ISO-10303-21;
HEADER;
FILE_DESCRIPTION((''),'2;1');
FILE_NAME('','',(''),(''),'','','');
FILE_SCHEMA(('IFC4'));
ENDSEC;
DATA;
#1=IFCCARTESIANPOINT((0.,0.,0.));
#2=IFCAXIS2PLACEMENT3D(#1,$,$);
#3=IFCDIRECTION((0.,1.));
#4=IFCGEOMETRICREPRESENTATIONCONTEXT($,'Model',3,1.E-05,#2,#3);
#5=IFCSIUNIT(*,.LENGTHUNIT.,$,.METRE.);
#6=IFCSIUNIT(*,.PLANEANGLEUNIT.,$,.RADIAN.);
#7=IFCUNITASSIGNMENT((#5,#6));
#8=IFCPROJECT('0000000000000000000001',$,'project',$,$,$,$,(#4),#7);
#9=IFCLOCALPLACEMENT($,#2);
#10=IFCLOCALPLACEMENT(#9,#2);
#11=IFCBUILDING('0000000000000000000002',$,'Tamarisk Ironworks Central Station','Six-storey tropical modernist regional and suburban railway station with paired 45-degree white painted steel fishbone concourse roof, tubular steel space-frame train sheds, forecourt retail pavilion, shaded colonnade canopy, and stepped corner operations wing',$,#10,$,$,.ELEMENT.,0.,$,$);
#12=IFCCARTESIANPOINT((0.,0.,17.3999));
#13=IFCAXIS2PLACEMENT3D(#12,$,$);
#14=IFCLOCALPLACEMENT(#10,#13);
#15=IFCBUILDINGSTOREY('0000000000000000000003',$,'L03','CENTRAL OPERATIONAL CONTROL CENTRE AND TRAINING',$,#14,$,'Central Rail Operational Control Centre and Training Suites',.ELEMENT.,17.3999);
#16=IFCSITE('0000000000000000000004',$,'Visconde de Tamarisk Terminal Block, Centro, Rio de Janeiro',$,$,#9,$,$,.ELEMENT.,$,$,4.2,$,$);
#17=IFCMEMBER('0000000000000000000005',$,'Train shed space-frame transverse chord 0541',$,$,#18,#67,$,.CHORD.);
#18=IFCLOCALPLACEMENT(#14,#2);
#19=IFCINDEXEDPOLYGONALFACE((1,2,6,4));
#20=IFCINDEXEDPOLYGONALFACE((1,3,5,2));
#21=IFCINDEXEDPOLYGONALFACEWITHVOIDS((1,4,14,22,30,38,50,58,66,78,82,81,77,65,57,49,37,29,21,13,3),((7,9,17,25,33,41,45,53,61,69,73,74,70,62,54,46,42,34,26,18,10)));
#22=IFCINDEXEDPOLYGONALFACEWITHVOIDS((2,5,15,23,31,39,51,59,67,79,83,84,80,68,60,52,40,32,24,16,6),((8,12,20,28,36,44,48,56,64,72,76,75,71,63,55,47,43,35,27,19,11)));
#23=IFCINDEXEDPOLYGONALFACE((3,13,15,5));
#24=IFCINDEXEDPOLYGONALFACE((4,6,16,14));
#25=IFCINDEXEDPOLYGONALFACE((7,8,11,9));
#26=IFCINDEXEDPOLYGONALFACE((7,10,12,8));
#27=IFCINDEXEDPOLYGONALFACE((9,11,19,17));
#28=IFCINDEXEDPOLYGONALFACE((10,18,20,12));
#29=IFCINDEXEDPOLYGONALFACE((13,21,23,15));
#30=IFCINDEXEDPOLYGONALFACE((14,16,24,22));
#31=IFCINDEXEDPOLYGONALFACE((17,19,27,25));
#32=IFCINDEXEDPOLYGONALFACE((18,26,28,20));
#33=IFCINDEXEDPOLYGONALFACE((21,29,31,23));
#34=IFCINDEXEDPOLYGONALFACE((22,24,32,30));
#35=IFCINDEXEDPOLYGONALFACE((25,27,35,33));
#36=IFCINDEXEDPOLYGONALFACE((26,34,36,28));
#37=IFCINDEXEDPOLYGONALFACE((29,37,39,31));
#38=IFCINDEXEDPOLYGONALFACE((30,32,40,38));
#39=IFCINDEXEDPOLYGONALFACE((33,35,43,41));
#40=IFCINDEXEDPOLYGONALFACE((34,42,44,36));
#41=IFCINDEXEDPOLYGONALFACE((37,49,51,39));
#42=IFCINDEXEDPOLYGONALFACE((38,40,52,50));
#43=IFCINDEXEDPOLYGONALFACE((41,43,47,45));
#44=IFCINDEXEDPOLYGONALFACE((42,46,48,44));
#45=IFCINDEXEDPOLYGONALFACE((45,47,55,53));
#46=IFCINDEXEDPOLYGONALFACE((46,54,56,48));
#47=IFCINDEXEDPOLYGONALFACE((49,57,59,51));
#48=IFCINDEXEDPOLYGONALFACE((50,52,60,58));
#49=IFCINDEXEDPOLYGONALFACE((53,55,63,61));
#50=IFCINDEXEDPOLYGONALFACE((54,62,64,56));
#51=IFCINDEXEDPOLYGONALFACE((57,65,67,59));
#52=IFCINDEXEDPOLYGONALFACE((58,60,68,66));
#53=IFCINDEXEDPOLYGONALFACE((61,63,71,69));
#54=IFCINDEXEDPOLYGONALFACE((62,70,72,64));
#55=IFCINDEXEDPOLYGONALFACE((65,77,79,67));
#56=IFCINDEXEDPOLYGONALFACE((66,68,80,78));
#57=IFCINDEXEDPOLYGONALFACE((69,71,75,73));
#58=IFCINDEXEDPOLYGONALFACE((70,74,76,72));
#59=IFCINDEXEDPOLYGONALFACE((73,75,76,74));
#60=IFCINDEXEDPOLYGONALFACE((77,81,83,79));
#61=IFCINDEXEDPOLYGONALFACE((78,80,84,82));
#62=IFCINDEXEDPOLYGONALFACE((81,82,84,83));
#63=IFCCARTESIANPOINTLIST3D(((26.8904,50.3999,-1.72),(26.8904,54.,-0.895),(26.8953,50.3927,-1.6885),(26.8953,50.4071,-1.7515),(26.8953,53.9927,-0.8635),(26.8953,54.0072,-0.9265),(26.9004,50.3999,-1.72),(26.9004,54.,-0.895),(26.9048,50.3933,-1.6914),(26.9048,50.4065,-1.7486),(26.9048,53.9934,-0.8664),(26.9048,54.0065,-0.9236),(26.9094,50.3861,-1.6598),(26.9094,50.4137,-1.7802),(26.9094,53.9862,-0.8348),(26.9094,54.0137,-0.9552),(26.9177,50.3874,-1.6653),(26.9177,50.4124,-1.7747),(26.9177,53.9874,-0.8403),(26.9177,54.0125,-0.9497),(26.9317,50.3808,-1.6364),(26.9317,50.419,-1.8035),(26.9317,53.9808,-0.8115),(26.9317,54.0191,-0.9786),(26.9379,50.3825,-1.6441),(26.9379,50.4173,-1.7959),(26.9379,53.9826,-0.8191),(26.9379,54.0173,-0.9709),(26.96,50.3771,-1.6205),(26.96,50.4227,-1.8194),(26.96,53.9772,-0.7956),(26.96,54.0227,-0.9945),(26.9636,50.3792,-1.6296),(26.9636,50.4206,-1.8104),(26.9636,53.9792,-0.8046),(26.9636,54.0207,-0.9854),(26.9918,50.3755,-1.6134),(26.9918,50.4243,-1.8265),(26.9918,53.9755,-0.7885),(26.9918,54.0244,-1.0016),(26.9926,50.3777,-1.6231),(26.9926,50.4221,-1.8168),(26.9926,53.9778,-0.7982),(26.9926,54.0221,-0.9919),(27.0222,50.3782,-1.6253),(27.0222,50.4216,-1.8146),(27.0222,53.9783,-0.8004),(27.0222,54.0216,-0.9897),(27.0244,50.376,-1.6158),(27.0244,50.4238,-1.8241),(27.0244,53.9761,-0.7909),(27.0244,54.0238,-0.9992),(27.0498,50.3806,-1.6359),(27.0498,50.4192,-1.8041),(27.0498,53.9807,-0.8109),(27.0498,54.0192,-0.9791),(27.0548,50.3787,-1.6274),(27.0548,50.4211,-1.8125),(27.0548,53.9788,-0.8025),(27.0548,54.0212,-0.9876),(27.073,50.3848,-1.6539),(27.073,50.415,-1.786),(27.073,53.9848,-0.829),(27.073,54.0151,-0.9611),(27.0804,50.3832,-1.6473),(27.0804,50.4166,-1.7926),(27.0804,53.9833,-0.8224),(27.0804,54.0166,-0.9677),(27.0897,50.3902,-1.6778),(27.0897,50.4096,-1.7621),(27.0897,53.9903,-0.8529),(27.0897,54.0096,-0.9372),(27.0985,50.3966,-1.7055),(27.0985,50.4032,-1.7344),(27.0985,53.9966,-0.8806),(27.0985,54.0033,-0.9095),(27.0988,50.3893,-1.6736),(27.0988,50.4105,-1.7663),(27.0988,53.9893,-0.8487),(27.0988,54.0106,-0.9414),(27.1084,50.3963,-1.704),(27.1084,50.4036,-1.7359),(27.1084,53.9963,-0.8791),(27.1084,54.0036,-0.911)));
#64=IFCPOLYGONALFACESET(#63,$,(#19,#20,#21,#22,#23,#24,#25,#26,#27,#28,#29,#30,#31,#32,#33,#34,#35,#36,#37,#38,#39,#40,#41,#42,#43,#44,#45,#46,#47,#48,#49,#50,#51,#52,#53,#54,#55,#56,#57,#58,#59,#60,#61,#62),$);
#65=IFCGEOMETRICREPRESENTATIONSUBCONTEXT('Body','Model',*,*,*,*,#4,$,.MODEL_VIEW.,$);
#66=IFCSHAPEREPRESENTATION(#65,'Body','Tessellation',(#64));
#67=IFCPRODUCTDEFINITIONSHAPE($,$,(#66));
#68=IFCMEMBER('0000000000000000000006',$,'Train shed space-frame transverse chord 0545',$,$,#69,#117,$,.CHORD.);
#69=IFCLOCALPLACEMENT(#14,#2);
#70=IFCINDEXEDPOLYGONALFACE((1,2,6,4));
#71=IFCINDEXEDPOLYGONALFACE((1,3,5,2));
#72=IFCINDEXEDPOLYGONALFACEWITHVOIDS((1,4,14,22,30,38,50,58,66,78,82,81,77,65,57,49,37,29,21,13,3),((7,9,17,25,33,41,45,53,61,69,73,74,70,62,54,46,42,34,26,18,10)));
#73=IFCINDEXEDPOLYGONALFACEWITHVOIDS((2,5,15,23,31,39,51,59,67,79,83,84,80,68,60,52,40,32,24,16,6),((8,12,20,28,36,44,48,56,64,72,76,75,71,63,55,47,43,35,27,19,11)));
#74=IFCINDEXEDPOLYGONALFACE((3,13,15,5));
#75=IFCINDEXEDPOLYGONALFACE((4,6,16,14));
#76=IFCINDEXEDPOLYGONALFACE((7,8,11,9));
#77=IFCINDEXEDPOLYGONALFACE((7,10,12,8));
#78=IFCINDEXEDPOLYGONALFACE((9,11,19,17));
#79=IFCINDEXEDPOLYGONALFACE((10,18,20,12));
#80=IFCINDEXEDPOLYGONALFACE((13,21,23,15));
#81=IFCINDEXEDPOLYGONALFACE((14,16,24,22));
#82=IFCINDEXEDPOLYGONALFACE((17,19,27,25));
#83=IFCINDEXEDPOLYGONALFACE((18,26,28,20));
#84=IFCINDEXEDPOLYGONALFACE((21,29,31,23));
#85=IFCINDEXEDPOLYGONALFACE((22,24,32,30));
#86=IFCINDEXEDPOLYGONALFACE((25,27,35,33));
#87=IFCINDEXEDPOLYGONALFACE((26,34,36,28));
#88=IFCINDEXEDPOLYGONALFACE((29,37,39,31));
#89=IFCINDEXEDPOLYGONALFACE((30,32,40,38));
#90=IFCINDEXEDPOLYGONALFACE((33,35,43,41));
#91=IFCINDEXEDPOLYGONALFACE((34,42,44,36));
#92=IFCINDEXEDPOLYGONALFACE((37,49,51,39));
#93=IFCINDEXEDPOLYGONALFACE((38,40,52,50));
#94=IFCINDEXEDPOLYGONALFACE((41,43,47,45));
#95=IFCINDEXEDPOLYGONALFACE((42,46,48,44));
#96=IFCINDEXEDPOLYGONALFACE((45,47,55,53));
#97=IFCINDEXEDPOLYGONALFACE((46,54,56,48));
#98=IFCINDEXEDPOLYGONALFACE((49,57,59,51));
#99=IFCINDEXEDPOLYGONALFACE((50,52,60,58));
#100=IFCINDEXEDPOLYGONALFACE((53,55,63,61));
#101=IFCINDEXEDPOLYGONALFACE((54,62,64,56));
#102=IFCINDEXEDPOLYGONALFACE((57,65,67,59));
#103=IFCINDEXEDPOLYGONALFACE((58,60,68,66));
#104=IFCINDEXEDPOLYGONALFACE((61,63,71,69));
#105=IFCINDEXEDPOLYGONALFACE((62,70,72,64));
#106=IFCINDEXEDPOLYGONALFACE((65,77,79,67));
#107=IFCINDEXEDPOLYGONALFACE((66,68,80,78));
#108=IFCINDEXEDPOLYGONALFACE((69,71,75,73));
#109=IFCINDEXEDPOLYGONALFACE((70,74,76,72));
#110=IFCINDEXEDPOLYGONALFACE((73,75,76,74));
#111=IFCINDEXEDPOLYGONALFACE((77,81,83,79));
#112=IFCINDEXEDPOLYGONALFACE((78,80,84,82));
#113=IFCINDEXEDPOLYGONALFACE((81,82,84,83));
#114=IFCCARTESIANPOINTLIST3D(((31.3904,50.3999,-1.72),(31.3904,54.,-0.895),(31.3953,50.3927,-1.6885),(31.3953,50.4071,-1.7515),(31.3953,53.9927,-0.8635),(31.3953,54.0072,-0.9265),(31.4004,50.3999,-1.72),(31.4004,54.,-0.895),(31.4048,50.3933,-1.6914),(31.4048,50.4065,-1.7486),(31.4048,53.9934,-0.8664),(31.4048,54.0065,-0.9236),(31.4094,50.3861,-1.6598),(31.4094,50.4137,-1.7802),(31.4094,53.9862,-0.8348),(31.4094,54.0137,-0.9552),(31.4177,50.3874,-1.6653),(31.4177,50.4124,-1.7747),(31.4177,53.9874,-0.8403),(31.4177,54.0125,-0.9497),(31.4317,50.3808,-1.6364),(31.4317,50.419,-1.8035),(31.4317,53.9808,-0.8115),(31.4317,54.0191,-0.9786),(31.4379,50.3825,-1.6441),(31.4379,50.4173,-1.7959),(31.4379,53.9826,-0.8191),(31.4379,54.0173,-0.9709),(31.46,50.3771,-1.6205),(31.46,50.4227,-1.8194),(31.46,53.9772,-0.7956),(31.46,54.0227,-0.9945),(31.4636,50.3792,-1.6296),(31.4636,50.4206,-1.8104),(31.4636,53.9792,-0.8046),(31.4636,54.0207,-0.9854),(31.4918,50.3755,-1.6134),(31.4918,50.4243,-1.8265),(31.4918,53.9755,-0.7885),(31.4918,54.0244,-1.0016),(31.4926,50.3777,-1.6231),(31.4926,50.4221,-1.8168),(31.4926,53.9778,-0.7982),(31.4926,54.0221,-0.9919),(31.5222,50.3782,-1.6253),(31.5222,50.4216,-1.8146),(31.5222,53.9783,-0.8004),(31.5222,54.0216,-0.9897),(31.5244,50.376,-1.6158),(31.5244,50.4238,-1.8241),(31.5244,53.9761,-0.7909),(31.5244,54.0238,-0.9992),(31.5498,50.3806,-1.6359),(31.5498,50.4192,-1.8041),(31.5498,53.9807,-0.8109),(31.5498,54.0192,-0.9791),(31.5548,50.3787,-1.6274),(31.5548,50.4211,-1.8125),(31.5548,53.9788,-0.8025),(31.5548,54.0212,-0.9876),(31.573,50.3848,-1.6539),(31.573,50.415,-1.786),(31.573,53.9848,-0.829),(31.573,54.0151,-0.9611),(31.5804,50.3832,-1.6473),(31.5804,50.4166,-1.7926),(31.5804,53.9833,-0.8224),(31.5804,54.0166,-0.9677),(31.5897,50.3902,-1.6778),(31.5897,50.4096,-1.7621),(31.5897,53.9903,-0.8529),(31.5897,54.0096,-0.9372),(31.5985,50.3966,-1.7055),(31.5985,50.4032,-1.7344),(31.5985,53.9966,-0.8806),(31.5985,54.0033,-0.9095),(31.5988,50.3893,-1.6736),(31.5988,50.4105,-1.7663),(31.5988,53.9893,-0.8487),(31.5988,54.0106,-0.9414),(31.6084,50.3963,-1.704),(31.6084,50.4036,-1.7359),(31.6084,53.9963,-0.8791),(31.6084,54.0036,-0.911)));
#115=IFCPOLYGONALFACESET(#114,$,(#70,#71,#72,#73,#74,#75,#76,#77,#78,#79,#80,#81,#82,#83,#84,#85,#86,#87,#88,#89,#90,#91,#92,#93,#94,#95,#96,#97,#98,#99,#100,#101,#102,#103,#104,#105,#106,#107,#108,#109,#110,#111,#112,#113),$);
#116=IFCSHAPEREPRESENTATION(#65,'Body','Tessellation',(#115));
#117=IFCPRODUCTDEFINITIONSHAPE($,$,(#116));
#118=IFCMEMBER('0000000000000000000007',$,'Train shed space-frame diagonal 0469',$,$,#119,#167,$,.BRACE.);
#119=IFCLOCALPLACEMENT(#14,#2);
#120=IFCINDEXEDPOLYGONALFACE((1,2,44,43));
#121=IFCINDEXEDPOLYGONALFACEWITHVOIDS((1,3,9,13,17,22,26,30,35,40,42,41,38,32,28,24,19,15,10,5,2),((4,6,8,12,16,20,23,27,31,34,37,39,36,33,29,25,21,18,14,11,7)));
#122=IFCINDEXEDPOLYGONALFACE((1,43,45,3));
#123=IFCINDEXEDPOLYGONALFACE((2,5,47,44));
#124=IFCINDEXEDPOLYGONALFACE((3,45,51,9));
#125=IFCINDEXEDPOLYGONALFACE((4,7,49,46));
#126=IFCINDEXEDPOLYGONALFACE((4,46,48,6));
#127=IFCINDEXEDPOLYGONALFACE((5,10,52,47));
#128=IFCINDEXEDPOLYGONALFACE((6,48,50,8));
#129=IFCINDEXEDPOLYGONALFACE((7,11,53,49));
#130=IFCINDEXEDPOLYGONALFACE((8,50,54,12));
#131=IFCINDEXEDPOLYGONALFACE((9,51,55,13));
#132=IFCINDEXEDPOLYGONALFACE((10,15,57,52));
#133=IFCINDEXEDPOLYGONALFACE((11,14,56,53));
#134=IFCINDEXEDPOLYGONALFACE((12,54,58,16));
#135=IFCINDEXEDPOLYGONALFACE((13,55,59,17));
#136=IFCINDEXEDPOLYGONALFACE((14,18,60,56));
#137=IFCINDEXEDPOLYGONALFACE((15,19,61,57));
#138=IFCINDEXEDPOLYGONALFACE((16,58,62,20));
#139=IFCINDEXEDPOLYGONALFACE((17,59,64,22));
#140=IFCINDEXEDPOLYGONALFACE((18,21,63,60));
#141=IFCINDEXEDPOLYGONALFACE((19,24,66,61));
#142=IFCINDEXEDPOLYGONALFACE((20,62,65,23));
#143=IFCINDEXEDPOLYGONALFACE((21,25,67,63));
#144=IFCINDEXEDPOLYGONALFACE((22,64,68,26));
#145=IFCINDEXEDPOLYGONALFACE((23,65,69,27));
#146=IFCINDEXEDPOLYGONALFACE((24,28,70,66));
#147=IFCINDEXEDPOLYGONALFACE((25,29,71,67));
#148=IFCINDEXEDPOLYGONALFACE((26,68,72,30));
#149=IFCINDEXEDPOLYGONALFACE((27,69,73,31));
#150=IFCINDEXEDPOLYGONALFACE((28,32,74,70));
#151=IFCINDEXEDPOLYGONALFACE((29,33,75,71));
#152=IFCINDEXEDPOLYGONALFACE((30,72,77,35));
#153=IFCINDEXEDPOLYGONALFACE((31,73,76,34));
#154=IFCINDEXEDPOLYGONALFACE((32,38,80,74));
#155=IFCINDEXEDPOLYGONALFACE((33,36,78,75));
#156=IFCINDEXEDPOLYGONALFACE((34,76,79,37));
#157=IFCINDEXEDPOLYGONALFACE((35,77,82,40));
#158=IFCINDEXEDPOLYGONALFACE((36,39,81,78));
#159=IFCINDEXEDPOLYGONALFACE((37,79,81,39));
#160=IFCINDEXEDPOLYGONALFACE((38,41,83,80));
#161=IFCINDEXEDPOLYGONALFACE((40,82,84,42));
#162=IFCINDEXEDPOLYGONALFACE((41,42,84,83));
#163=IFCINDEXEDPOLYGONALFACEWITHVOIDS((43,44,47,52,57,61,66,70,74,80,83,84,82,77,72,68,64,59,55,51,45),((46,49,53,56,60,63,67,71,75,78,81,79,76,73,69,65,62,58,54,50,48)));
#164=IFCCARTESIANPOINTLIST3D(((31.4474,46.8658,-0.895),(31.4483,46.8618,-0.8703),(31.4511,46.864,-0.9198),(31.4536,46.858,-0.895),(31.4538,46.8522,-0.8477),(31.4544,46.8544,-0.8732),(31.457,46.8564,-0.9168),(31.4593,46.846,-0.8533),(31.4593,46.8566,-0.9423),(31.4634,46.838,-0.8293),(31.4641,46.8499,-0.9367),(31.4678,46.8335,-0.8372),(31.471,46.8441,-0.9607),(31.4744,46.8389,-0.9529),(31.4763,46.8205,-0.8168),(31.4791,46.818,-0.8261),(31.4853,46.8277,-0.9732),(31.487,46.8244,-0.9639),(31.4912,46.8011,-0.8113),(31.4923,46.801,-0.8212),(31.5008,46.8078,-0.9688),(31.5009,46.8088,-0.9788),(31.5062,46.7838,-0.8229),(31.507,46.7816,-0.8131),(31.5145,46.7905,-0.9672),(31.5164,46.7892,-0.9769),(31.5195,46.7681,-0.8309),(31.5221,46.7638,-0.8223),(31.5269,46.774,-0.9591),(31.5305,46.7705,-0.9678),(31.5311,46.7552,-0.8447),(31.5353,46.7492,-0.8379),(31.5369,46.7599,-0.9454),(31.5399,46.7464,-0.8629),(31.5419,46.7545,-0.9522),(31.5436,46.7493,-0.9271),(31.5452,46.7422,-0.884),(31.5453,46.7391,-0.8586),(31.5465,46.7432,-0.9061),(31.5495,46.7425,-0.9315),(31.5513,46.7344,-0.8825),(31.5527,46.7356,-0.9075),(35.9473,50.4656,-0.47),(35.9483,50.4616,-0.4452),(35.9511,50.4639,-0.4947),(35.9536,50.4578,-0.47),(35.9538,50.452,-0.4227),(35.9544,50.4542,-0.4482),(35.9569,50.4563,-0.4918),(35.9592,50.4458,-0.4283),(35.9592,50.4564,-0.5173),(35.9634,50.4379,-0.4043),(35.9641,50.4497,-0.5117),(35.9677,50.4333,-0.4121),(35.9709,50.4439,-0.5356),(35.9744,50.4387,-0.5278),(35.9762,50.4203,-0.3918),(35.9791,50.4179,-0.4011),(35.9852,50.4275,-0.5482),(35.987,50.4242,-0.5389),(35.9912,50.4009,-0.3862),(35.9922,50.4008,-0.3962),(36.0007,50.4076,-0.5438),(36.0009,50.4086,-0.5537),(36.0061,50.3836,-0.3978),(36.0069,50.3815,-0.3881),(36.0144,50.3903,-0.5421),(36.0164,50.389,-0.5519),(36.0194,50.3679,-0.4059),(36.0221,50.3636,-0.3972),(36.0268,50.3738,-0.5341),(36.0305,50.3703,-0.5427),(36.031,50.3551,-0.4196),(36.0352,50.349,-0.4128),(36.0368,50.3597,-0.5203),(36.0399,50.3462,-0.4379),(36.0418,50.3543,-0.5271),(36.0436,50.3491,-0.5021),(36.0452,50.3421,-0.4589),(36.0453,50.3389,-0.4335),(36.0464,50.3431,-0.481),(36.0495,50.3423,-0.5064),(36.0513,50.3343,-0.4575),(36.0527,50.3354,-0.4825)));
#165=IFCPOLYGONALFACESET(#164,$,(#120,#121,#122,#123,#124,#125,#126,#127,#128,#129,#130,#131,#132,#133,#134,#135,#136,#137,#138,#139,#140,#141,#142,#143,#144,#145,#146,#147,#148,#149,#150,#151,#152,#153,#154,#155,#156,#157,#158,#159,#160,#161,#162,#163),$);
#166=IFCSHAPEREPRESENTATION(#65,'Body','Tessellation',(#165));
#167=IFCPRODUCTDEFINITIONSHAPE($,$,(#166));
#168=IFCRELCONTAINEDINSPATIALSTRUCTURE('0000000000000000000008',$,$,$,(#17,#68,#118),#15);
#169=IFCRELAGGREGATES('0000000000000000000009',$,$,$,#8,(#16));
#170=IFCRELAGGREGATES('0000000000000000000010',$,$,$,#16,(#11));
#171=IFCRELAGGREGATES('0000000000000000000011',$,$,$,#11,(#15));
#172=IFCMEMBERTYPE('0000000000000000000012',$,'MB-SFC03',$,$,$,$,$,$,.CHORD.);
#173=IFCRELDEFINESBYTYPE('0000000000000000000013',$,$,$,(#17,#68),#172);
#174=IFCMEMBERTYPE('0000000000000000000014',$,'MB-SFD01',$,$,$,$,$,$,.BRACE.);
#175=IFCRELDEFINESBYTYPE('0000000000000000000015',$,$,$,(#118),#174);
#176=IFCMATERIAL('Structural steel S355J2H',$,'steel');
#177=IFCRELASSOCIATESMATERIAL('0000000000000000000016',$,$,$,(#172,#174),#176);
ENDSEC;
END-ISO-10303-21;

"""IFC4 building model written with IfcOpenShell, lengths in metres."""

from ifc_helpers import new_model, si_unit, direction, frame, origin, origin_2d, place, context, subcontext, project, spatial, hollow_circle, extrude, material, material_profile, profile_set, type_object, element, save


model = new_model("IFC4")

# Units and contexts
model_context = context("Model", 3, precision=1e-05, world=origin(), true_north=direction((0.0, 1.0)))
body_context = subcontext(model_context, "Body", "Model", "MODEL_VIEW")
ifc_project = project(units=[si_unit("LENGTHUNIT", "METRE"), si_unit("PLANEANGLEUNIT", "RADIAN")], contexts=[model_context])

# Site, building, storey
site_placement = place(None, origin())
site = spatial("IfcSite", under=ifc_project, at=site_placement, Name="Visconde de Tamarisk Terminal Block, Centro, Rio de Janeiro", CompositionType="ELEMENT", RefElevation=4.2)
building_placement = place(site_placement, origin())
building = spatial("IfcBuilding", under=site, at=building_placement, Name="Tamarisk Ironworks Central Station", Description="Six-storey tropical modernist regional and suburban railway station with paired 45-degree white painted steel fishbone concourse roof, tubular steel space-frame train sheds, forecourt retail pavilion, shaded colonnade canopy, and stepped corner operations wing", CompositionType="ELEMENT", ElevationOfRefHeight=0.0)
storey_placement = place(building_placement, frame((0.0, 0.0, 17.3999)))
storey = spatial("IfcBuildingStorey", under=building, at=storey_placement, Name="L03", Description="CENTRAL OPERATIONAL CONTROL CENTRE AND TRAINING", LongName="Central Rail Operational Control Centre and Training Suites", CompositionType="ELEMENT", Elevation=17.3999)

# Members
ifc_material_1 = material(Name="Structural steel S355J2H", Category="steel")
ifc_material_profile_1 = material_profile(ifc_material_1, hollow_circle(Radius=0.1096, WallThickness=0.01, at=origin_2d()), Name="CHS 219.1x10")
ifc_profile_set_1 = profile_set([ifc_material_profile_1], Name="Structural steel S355J2H")
member_type_1 = type_object("IfcMemberType", Name="MB-SFC03", PredefinedType="CHORD", material=ifc_profile_set_1)
for number, where, z_axis, x_axis, name in (
    (1, (27.0, 50.3999, -1.72), (0.0, 0.974737, 0.223358), (-1.0, 0.0, 0.0), "Train shed space-frame transverse chord 0541"),
    (2, (31.5, 50.3999, -1.72), (0.0, 0.974737, 0.223358), (-1.0, 0.0, 0.0), "Train shed space-frame transverse chord 0545"),
):
    element("IfcMember", number, at=place(storey_placement, frame(where, z_axis=z_axis, x_axis=x_axis)), inside=storey, type_object=member_type_1, Name=name, PredefinedType="CHORD", context=body_context, shape_type="SweptSolid", body=[
        extrude(hollow_circle(Radius=0.1096, WallThickness=0.01, at=origin_2d()), origin(), (0.0, 0.0, 1.0), 3.6934),
    ])
ifc_material_profile_2 = material_profile(ifc_material_1, hollow_circle(Radius=0.0842, WallThickness=0.01, at=origin_2d()), Name="CHS 168.3x10")
ifc_profile_set_2 = profile_set([ifc_material_profile_2], Name="Structural steel S355J2H")
member_type_2 = type_object("IfcMemberType", Name="MB-SFD01", PredefinedType="BRACE", material=ifc_profile_set_2)
member_1_placement = place(storey_placement, frame((31.5, 46.8, -0.895), z_axis=(0.778766, 0.622987, 0.073559), x_axis=(-0.62468, 0.780881, 0.0)))
element("IfcMember", 3, at=member_1_placement, inside=storey, type_object=member_type_2, Name="Train shed space-frame diagonal 0469", PredefinedType="BRACE", context=body_context, shape_type="SweptSolid", body=[
    extrude(hollow_circle(Radius=0.0842, WallThickness=0.01, at=origin_2d()), origin(), (0.0, 0.0, 1.0), 5.7783),
])

save(model, "model.ifc")
